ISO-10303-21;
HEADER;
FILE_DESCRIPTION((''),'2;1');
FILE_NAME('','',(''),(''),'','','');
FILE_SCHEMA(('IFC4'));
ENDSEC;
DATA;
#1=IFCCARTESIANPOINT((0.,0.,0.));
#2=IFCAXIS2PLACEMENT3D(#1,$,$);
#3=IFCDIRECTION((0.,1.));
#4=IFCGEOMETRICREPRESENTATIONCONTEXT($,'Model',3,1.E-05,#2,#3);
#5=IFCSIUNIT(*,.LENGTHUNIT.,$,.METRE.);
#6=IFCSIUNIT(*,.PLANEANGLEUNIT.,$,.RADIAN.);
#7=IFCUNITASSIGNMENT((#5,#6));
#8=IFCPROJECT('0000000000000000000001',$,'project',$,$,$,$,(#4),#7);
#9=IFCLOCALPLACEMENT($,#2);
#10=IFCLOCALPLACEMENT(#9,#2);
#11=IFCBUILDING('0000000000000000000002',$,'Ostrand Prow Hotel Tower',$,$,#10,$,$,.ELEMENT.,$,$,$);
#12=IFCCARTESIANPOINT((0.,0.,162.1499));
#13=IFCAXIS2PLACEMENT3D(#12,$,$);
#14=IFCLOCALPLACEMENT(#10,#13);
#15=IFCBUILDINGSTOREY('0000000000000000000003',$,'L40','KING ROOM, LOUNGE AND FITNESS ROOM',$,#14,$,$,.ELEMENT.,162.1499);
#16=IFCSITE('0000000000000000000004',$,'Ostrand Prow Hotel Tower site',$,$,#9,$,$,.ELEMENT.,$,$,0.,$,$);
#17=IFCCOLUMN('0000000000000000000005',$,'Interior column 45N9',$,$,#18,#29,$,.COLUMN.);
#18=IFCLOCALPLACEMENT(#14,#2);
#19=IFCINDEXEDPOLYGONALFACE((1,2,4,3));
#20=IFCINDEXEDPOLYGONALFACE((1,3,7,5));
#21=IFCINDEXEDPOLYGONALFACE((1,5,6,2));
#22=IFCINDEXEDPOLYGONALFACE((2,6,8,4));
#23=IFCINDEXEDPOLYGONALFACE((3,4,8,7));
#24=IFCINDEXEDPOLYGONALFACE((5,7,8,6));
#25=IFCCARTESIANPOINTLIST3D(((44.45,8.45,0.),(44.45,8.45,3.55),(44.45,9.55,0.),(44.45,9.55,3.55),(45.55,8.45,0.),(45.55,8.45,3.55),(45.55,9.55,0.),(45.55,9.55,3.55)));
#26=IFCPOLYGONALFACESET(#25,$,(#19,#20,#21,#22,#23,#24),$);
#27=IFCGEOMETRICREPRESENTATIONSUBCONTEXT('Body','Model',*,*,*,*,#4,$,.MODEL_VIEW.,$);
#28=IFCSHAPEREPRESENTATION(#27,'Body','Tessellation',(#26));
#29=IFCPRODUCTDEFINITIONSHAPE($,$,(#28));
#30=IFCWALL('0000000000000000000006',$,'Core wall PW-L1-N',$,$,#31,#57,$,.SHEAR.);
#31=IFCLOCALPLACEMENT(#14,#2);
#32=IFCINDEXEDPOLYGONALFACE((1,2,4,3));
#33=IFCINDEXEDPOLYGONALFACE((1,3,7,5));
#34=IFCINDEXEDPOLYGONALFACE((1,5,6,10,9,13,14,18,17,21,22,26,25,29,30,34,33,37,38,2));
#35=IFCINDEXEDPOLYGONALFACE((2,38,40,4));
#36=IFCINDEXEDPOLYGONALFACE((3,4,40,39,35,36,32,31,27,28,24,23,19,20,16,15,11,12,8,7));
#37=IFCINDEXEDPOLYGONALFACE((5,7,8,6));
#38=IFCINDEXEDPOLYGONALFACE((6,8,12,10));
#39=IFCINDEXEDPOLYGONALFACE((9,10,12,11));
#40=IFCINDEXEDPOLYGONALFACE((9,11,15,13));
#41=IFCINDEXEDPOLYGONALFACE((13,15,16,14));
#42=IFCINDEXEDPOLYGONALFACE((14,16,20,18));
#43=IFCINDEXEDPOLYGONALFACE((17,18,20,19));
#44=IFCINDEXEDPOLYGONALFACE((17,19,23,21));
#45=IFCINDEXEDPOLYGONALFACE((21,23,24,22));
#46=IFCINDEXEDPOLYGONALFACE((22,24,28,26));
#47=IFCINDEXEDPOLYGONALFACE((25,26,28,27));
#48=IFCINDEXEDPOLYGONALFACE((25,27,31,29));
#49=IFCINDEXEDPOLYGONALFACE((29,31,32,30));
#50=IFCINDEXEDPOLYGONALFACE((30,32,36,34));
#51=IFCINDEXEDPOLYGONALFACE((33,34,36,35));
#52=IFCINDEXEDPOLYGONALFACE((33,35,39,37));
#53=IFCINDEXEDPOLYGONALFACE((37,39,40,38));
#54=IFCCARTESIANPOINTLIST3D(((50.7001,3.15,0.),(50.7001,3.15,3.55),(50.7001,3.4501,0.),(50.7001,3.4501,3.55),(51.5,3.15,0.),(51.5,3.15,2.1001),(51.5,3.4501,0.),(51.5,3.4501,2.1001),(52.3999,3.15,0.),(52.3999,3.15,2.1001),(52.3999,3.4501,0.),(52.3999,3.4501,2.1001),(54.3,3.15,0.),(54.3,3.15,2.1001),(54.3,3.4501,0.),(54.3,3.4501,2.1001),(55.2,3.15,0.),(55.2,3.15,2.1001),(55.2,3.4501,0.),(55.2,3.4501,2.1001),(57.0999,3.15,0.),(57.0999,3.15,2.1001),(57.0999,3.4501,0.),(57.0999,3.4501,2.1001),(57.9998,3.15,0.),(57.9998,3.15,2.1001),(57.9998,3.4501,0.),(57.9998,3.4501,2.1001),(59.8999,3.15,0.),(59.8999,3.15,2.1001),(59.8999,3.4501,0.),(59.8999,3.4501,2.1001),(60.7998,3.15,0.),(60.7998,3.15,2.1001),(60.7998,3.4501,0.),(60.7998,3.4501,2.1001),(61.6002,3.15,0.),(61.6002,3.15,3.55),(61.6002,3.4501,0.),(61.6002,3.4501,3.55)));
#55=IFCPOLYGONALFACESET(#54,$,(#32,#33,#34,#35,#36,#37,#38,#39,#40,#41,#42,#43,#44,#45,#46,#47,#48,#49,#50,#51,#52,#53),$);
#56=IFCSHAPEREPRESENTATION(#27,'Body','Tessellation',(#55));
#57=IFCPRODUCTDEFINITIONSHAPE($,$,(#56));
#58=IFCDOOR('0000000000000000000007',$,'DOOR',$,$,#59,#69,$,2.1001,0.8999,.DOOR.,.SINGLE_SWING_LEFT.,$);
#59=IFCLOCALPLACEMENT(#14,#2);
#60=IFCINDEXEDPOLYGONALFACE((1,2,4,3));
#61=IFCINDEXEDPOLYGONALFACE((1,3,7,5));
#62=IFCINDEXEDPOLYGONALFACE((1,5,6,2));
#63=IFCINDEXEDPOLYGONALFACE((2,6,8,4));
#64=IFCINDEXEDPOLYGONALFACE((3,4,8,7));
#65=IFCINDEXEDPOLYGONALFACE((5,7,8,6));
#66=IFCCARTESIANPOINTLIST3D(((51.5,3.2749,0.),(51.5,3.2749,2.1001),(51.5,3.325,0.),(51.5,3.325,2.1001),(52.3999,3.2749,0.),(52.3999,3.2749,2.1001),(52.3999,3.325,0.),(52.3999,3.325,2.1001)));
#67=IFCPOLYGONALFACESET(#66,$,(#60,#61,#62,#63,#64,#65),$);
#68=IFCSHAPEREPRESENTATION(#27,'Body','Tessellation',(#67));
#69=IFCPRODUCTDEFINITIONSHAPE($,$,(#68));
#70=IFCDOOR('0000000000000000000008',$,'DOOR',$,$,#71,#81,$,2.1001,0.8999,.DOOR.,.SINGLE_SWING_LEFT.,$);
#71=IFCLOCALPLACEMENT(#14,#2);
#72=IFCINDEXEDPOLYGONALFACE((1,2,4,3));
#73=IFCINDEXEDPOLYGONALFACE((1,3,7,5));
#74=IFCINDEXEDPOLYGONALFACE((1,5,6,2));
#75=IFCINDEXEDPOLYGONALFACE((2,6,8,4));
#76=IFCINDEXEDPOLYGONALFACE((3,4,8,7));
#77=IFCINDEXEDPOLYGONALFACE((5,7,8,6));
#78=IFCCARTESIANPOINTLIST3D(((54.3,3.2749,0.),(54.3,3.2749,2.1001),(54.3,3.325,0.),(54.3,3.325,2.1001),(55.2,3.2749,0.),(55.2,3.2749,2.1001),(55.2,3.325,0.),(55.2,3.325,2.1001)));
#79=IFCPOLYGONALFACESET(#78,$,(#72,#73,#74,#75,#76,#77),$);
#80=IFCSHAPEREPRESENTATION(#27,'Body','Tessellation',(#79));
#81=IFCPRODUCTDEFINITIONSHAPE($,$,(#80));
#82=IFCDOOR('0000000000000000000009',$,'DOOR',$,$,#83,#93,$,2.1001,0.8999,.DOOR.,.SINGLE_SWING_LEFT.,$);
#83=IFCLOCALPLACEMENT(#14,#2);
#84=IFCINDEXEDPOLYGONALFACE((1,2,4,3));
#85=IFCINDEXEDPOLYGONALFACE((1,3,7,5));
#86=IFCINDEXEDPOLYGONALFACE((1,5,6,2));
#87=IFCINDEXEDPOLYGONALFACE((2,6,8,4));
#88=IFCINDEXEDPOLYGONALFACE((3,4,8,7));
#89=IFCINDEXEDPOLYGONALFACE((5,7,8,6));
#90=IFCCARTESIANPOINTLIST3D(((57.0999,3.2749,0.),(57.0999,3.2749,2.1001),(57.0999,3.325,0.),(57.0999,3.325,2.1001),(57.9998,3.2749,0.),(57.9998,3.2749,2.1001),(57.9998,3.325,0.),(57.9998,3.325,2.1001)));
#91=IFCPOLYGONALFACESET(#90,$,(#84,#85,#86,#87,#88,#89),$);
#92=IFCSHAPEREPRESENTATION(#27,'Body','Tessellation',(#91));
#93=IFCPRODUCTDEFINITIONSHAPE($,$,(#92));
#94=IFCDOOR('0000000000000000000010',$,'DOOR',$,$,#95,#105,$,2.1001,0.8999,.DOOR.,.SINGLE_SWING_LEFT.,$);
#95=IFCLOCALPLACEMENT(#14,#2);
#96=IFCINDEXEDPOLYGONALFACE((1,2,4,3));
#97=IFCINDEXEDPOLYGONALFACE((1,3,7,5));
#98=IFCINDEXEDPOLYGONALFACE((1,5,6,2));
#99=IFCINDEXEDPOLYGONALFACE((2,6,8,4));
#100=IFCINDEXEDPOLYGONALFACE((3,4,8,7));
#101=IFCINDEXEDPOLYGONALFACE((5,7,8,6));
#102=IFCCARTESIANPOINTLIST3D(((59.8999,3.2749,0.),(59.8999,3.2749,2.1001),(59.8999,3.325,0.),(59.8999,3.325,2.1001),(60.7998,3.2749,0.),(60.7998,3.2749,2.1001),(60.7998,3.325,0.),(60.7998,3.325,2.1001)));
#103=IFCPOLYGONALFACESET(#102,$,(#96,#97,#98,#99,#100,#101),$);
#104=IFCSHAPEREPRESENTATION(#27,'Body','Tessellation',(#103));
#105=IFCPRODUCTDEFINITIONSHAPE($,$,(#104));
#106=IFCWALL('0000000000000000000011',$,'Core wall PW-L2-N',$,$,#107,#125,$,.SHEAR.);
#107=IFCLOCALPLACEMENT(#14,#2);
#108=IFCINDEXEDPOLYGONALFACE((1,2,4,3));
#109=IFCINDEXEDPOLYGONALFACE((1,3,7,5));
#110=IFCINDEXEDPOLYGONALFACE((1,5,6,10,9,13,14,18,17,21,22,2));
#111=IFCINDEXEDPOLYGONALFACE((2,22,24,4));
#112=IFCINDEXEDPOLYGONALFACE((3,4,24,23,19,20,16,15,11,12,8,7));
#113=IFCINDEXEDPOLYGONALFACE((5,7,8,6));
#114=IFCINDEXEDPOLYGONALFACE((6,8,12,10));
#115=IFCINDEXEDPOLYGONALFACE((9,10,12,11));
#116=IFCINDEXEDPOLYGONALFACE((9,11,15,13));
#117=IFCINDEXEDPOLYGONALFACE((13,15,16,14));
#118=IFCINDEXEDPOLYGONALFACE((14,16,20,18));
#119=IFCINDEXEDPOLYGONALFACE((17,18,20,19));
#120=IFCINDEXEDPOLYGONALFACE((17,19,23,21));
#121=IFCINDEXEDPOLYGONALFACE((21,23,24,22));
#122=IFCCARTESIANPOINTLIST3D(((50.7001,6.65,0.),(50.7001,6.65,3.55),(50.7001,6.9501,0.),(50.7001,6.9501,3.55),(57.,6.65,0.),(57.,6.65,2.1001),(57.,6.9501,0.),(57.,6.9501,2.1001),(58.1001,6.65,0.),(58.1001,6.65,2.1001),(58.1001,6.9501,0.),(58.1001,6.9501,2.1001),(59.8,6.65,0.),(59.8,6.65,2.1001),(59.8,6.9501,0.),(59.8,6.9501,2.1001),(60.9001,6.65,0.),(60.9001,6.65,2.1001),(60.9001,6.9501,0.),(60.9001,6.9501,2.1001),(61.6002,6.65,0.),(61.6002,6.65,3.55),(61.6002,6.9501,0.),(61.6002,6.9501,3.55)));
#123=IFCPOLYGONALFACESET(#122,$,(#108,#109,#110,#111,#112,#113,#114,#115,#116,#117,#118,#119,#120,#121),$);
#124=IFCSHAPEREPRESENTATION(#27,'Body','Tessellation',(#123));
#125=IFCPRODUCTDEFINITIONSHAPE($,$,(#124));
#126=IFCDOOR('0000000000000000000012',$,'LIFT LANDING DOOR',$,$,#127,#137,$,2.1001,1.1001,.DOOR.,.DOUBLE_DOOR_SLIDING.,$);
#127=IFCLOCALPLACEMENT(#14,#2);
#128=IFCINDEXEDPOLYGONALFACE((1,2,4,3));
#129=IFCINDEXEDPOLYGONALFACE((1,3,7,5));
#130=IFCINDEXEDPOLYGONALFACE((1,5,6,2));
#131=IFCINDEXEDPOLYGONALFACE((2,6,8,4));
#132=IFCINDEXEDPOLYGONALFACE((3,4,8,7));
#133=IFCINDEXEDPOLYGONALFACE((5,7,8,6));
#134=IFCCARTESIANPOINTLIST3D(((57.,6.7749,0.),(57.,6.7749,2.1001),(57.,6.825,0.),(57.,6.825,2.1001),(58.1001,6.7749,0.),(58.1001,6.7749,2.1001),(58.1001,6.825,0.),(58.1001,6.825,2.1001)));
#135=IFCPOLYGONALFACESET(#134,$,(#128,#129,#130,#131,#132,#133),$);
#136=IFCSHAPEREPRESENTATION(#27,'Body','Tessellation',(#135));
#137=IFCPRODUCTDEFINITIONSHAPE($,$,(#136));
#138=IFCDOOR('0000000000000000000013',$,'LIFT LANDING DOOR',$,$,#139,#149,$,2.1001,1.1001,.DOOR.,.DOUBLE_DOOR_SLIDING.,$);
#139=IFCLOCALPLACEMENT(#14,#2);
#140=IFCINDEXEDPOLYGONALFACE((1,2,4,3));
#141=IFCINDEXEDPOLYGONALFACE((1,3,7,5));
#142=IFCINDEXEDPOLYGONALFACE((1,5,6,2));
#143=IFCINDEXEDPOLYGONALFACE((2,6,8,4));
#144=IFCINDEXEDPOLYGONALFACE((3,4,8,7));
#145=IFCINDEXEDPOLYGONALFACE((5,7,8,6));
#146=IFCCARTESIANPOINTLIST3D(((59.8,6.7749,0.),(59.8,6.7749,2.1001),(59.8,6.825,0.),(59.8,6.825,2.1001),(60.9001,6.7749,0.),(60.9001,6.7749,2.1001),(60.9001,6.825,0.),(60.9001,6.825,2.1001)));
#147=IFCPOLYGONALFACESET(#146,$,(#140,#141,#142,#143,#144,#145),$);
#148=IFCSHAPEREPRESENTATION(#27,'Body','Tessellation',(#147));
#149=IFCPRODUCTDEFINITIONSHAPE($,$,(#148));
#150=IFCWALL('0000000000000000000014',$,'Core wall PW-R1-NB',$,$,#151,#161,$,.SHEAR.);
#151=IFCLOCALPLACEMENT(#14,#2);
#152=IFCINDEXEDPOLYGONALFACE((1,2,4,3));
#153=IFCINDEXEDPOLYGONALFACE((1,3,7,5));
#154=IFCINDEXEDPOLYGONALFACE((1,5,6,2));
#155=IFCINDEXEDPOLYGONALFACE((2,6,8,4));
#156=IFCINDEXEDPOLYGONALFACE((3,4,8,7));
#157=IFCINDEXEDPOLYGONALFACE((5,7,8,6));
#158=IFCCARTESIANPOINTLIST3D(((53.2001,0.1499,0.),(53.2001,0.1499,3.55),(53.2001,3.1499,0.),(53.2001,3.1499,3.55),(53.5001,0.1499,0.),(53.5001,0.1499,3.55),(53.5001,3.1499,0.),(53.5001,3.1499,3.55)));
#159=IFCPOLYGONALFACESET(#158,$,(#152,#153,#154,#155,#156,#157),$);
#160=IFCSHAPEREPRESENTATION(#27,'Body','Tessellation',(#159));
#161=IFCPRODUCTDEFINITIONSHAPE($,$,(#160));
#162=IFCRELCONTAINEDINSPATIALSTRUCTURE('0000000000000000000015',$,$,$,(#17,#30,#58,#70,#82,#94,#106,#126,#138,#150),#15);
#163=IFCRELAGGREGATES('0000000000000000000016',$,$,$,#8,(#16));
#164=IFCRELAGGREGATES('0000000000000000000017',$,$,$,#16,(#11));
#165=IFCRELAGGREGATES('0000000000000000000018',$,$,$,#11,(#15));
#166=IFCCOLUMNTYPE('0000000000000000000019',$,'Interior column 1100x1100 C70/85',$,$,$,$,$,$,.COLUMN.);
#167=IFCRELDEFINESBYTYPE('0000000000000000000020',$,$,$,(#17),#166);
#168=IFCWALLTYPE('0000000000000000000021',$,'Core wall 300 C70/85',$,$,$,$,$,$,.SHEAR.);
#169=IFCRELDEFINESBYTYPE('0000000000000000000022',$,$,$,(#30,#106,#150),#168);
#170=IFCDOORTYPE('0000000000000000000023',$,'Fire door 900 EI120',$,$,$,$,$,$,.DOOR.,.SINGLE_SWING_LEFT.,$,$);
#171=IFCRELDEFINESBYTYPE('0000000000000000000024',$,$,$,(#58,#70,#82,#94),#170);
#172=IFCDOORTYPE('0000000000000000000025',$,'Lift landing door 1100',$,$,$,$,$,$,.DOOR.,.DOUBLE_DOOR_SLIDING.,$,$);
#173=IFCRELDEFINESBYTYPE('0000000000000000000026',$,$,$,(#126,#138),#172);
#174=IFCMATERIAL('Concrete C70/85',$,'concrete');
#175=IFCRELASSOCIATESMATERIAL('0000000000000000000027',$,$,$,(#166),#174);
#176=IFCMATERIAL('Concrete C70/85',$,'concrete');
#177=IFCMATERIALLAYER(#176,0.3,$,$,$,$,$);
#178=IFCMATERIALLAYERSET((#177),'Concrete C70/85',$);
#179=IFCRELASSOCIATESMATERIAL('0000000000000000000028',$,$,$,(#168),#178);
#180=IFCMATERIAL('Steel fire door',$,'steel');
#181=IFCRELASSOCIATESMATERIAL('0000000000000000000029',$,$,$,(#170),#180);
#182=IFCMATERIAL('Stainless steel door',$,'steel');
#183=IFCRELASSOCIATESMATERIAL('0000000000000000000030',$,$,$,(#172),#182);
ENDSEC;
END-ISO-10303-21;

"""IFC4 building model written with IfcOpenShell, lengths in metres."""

from ifc_helpers import new_model, si_unit, direction, frame, frame_2d, origin, origin_2d, place, context, subcontext, project, spatial, rectangle, extrude, material, layer, layer_set, material_profile, profile_set, type_object, element, fill, save


model = new_model("IFC4")

# Units and contexts
model_context = context("Model", 3, precision=1e-05, world=origin(), true_north=direction((0.0, 1.0)))
body_context = subcontext(model_context, "Body", "Model", "MODEL_VIEW")
ifc_project = project(units=[si_unit("LENGTHUNIT", "METRE"), si_unit("PLANEANGLEUNIT", "RADIAN")], contexts=[model_context])

# Site, building, storey
site_placement = place(None, origin())
site = spatial("IfcSite", under=ifc_project, at=site_placement, Name="Ostrand Prow Hotel Tower site", CompositionType="ELEMENT", RefElevation=0.0)
building_placement = place(site_placement, origin())
building = spatial("IfcBuilding", under=site, at=building_placement, Name="Ostrand Prow Hotel Tower", CompositionType="ELEMENT")
storey_placement = place(building_placement, frame((0.0, 0.0, 162.1499)))
storey = spatial("IfcBuildingStorey", under=building, at=storey_placement, Name="L40", Description="KING ROOM, LOUNGE AND FITNESS ROOM", CompositionType="ELEMENT", Elevation=162.1499)

# Column
ifc_material_1 = material(Name="Concrete C70/85", Category="concrete")
ifc_material_profile = material_profile(ifc_material_1, rectangle(XDim=1.1001, YDim=1.1001, at=origin_2d()), Name="RC 1100x1100")
ifc_profile_set = profile_set([ifc_material_profile], Name="Concrete C70/85")
column_type = type_object("IfcColumnType", Name="Interior column 1100x1100 C70/85", PredefinedType="COLUMN", material=ifc_profile_set)
column_placement = place(storey_placement, frame((45.0, 9.0, 0.0), z_axis=(0.0, 0.0, 1.0), x_axis=(1.0, 0.0, 0.0)))
element("IfcColumn", 1, at=column_placement, inside=storey, type_object=column_type, Name="Interior column 45N9", PredefinedType="COLUMN", context=body_context, shape_type="SweptSolid", body=[
    extrude(rectangle(XDim=1.1001, YDim=1.1001, at=origin_2d()), origin(), (0.0, 0.0, 1.0), 3.55),
])

# Walls, openings, doors
ifc_material_2 = material(Name="Concrete C70/85", Category="concrete")
ifc_layer_1 = layer(ifc_material_2, 0.3)
ifc_layer_set_1 = layer_set([ifc_layer_1], Name="Concrete C70/85")
wall_type_1 = type_object("IfcWallType", Name="Core wall 300 C70/85", PredefinedType="SHEAR", material=ifc_layer_set_1)
wall_1_placement = place(storey_placement, frame((50.7, 3.3, 0.0), z_axis=(0.0, 0.0, 1.0), x_axis=(1.0, 0.0, 0.0)))
wall_1 = element("IfcWall", 2, at=wall_1_placement, inside=storey, type_object=wall_type_1, Name="Core wall PW-L1-N", PredefinedType="SHEAR", context=body_context, shape_type="SweptSolid", body=[
    extrude(rectangle(XDim=10.9001, YDim=0.3, at=frame_2d((5.4502, 0.0))), origin(), (0.0, 0.0, 1.0), 3.55),
])
opening_1_placement = place(wall_1_placement, frame((0.8, 0.0, 0.0)))
opening_1 = element("IfcOpeningElement", 3, at=opening_1_placement, cuts=wall_1, PredefinedType="OPENING", context=body_context, shape_type="SweptSolid", body=[
    extrude(rectangle(XDim=0.8999, YDim=2.1001, at=frame_2d((0.45, 1.05))), frame((0.0, 0.1599, 0.0), z_axis=(0.0, -1.0, 0.0), x_axis=(1.0, 0.0, 0.0)), (0.0, 0.0, 1.0), 0.3201),
])
opening_2_placement = place(wall_1_placement, frame((3.6001, 0.0, 0.0)))
opening_2 = element("IfcOpeningElement", 4, at=opening_2_placement, cuts=wall_1, PredefinedType="OPENING", context=body_context, shape_type="SweptSolid", body=[
    extrude(rectangle(XDim=0.8999, YDim=2.1001, at=frame_2d((0.45, 1.05))), frame((0.0, 0.1599, 0.0), z_axis=(0.0, -1.0, 0.0), x_axis=(1.0, 0.0, 0.0)), (0.0, 0.0, 1.0), 0.3201),
])
opening_3_placement = place(wall_1_placement, frame((6.3999, 0.0, 0.0)))
opening_3 = element("IfcOpeningElement", 5, at=opening_3_placement, cuts=wall_1, PredefinedType="OPENING", context=body_context, shape_type="SweptSolid", body=[
    extrude(rectangle(XDim=0.8999, YDim=2.1001, at=frame_2d((0.45, 1.05))), frame((0.0, 0.1599, 0.0), z_axis=(0.0, -1.0, 0.0), x_axis=(1.0, 0.0, 0.0)), (0.0, 0.0, 1.0), 0.3201),
])
opening_4_placement = place(wall_1_placement, frame((9.2, 0.0, 0.0)))
opening_4 = element("IfcOpeningElement", 6, at=opening_4_placement, cuts=wall_1, PredefinedType="OPENING", context=body_context, shape_type="SweptSolid", body=[
    extrude(rectangle(XDim=0.8999, YDim=2.1001, at=frame_2d((0.45, 1.05))), frame((0.0, 0.1599, 0.0), z_axis=(0.0, -1.0, 0.0), x_axis=(1.0, 0.0, 0.0)), (0.0, 0.0, 1.0), 0.3201),
])
ifc_material_3 = material(Name="Steel fire door", Category="steel")
door_type_1 = type_object("IfcDoorType", Name="Fire door 900 EI120", OperationType="SINGLE_SWING_LEFT", PredefinedType="DOOR", material=ifc_material_3)
door_1_placement = place(opening_1_placement, origin())
door_1 = element("IfcDoor", 7, at=door_1_placement, inside=storey, type_object=door_type_1, Name="DOOR", OperationType="SINGLE_SWING_LEFT", OverallHeight=2.1001, OverallWidth=0.8999, PredefinedType="DOOR", context=body_context, shape_type="SweptSolid", body=[
    extrude(rectangle(XDim=0.8999, YDim=2.1001, at=frame_2d((0.45, 1.05))), frame((0.0, 0.0249, 0.0), z_axis=(0.0, -1.0, 0.0), x_axis=(1.0, 0.0, 0.0)), (0.0, 0.0, 1.0), 0.05),
])
fill(opening_1, door_1)
door_2_placement = place(opening_2_placement, origin())
door_2 = element("IfcDoor", 8, at=door_2_placement, inside=storey, type_object=door_type_1, Name="DOOR", OperationType="SINGLE_SWING_LEFT", OverallHeight=2.1001, OverallWidth=0.8999, PredefinedType="DOOR", context=body_context, shape_type="SweptSolid", body=[
    extrude(rectangle(XDim=0.8999, YDim=2.1001, at=frame_2d((0.45, 1.05))), frame((0.0, 0.0249, 0.0), z_axis=(0.0, -1.0, 0.0), x_axis=(1.0, 0.0, 0.0)), (0.0, 0.0, 1.0), 0.05),
])
fill(opening_2, door_2)
door_3_placement = place(opening_3_placement, origin())
door_3 = element("IfcDoor", 9, at=door_3_placement, inside=storey, type_object=door_type_1, Name="DOOR", OperationType="SINGLE_SWING_LEFT", OverallHeight=2.1001, OverallWidth=0.8999, PredefinedType="DOOR", context=body_context, shape_type="SweptSolid", body=[
    extrude(rectangle(XDim=0.8999, YDim=2.1001, at=frame_2d((0.45, 1.05))), frame((0.0, 0.0249, 0.0), z_axis=(0.0, -1.0, 0.0), x_axis=(1.0, 0.0, 0.0)), (0.0, 0.0, 1.0), 0.05),
])
fill(opening_3, door_3)
door_4_placement = place(opening_4_placement, origin())
door_4 = element("IfcDoor", 10, at=door_4_placement, inside=storey, type_object=door_type_1, Name="DOOR", OperationType="SINGLE_SWING_LEFT", OverallHeight=2.1001, OverallWidth=0.8999, PredefinedType="DOOR", context=body_context, shape_type="SweptSolid", body=[
    extrude(rectangle(XDim=0.8999, YDim=2.1001, at=frame_2d((0.45, 1.05))), frame((0.0, 0.0249, 0.0), z_axis=(0.0, -1.0, 0.0), x_axis=(1.0, 0.0, 0.0)), (0.0, 0.0, 1.0), 0.05),
])
fill(opening_4, door_4)
wall_2_placement = place(storey_placement, frame((50.7, 6.8, 0.0), z_axis=(0.0, 0.0, 1.0), x_axis=(1.0, 0.0, 0.0)))
wall_2 = element("IfcWall", 11, at=wall_2_placement, inside=storey, type_object=wall_type_1, Name="Core wall PW-L2-N", PredefinedType="SHEAR", context=body_context, shape_type="SweptSolid", body=[
    extrude(rectangle(XDim=10.9001, YDim=0.3, at=frame_2d((5.4502, 0.0))), origin(), (0.0, 0.0, 1.0), 3.55),
])
opening_5_placement = place(wall_2_placement, frame((6.3, 0.0, 0.0)))
opening_5 = element("IfcOpeningElement", 12, at=opening_5_placement, cuts=wall_2, PredefinedType="OPENING", context=body_context, shape_type="SweptSolid", body=[
    extrude(rectangle(XDim=1.1001, YDim=2.1001, at=frame_2d((0.55, 1.05))), frame((0.0, 0.1599, 0.0), z_axis=(0.0, -1.0, 0.0), x_axis=(1.0, 0.0, 0.0)), (0.0, 0.0, 1.0), 0.3201),
])
opening_6_placement = place(wall_2_placement, frame((9.1001, 0.0, 0.0)))
opening_6 = element("IfcOpeningElement", 13, at=opening_6_placement, cuts=wall_2, PredefinedType="OPENING", context=body_context, shape_type="SweptSolid", body=[
    extrude(rectangle(XDim=1.1001, YDim=2.1001, at=frame_2d((0.55, 1.05))), frame((0.0, 0.1599, 0.0), z_axis=(0.0, -1.0, 0.0), x_axis=(1.0, 0.0, 0.0)), (0.0, 0.0, 1.0), 0.3201),
])
ifc_material_4 = material(Name="Stainless steel door", Category="steel")
door_type_2 = type_object("IfcDoorType", Name="Lift landing door 1100", OperationType="DOUBLE_DOOR_SLIDING", PredefinedType="DOOR", material=ifc_material_4)
door_5_placement = place(opening_5_placement, origin())
door_5 = element("IfcDoor", 14, at=door_5_placement, inside=storey, type_object=door_type_2, Name="LIFT LANDING DOOR", OperationType="DOUBLE_DOOR_SLIDING", OverallHeight=2.1001, OverallWidth=1.1001, PredefinedType="DOOR", context=body_context, shape_type="SweptSolid", body=[
    extrude(rectangle(XDim=1.1001, YDim=2.1001, at=frame_2d((0.55, 1.05))), frame((0.0, 0.0249, 0.0), z_axis=(0.0, -1.0, 0.0), x_axis=(1.0, 0.0, 0.0)), (0.0, 0.0, 1.0), 0.05),
])
fill(opening_5, door_5)
door_6_placement = place(opening_6_placement, origin())
door_6 = element("IfcDoor", 15, at=door_6_placement, inside=storey, type_object=door_type_2, Name="LIFT LANDING DOOR", OperationType="DOUBLE_DOOR_SLIDING", OverallHeight=2.1001, OverallWidth=1.1001, PredefinedType="DOOR", context=body_context, shape_type="SweptSolid", body=[
    extrude(rectangle(XDim=1.1001, YDim=2.1001, at=frame_2d((0.55, 1.05))), frame((0.0, 0.0249, 0.0), z_axis=(0.0, -1.0, 0.0), x_axis=(1.0, 0.0, 0.0)), (0.0, 0.0, 1.0), 0.05),
])
fill(opening_6, door_6)

# Wall
for number, where, z_axis, x_axis, name in (
    (16, (53.3501, 0.1499, 0.0), (0.0, 0.0, 1.0), (0.0, 1.0, 0.0), "Core wall PW-R1-NB"),
):
    element("IfcWall", number, at=place(storey_placement, frame(where, z_axis=z_axis, x_axis=x_axis)), inside=storey, type_object=wall_type_1, Name=name, PredefinedType="SHEAR", context=body_context, shape_type="SweptSolid", body=[
        extrude(rectangle(XDim=3.0, YDim=0.3, at=frame_2d((1.5, 0.0))), origin(), (0.0, 0.0, 1.0), 3.55),
    ])

save(model, "model.ifc")
